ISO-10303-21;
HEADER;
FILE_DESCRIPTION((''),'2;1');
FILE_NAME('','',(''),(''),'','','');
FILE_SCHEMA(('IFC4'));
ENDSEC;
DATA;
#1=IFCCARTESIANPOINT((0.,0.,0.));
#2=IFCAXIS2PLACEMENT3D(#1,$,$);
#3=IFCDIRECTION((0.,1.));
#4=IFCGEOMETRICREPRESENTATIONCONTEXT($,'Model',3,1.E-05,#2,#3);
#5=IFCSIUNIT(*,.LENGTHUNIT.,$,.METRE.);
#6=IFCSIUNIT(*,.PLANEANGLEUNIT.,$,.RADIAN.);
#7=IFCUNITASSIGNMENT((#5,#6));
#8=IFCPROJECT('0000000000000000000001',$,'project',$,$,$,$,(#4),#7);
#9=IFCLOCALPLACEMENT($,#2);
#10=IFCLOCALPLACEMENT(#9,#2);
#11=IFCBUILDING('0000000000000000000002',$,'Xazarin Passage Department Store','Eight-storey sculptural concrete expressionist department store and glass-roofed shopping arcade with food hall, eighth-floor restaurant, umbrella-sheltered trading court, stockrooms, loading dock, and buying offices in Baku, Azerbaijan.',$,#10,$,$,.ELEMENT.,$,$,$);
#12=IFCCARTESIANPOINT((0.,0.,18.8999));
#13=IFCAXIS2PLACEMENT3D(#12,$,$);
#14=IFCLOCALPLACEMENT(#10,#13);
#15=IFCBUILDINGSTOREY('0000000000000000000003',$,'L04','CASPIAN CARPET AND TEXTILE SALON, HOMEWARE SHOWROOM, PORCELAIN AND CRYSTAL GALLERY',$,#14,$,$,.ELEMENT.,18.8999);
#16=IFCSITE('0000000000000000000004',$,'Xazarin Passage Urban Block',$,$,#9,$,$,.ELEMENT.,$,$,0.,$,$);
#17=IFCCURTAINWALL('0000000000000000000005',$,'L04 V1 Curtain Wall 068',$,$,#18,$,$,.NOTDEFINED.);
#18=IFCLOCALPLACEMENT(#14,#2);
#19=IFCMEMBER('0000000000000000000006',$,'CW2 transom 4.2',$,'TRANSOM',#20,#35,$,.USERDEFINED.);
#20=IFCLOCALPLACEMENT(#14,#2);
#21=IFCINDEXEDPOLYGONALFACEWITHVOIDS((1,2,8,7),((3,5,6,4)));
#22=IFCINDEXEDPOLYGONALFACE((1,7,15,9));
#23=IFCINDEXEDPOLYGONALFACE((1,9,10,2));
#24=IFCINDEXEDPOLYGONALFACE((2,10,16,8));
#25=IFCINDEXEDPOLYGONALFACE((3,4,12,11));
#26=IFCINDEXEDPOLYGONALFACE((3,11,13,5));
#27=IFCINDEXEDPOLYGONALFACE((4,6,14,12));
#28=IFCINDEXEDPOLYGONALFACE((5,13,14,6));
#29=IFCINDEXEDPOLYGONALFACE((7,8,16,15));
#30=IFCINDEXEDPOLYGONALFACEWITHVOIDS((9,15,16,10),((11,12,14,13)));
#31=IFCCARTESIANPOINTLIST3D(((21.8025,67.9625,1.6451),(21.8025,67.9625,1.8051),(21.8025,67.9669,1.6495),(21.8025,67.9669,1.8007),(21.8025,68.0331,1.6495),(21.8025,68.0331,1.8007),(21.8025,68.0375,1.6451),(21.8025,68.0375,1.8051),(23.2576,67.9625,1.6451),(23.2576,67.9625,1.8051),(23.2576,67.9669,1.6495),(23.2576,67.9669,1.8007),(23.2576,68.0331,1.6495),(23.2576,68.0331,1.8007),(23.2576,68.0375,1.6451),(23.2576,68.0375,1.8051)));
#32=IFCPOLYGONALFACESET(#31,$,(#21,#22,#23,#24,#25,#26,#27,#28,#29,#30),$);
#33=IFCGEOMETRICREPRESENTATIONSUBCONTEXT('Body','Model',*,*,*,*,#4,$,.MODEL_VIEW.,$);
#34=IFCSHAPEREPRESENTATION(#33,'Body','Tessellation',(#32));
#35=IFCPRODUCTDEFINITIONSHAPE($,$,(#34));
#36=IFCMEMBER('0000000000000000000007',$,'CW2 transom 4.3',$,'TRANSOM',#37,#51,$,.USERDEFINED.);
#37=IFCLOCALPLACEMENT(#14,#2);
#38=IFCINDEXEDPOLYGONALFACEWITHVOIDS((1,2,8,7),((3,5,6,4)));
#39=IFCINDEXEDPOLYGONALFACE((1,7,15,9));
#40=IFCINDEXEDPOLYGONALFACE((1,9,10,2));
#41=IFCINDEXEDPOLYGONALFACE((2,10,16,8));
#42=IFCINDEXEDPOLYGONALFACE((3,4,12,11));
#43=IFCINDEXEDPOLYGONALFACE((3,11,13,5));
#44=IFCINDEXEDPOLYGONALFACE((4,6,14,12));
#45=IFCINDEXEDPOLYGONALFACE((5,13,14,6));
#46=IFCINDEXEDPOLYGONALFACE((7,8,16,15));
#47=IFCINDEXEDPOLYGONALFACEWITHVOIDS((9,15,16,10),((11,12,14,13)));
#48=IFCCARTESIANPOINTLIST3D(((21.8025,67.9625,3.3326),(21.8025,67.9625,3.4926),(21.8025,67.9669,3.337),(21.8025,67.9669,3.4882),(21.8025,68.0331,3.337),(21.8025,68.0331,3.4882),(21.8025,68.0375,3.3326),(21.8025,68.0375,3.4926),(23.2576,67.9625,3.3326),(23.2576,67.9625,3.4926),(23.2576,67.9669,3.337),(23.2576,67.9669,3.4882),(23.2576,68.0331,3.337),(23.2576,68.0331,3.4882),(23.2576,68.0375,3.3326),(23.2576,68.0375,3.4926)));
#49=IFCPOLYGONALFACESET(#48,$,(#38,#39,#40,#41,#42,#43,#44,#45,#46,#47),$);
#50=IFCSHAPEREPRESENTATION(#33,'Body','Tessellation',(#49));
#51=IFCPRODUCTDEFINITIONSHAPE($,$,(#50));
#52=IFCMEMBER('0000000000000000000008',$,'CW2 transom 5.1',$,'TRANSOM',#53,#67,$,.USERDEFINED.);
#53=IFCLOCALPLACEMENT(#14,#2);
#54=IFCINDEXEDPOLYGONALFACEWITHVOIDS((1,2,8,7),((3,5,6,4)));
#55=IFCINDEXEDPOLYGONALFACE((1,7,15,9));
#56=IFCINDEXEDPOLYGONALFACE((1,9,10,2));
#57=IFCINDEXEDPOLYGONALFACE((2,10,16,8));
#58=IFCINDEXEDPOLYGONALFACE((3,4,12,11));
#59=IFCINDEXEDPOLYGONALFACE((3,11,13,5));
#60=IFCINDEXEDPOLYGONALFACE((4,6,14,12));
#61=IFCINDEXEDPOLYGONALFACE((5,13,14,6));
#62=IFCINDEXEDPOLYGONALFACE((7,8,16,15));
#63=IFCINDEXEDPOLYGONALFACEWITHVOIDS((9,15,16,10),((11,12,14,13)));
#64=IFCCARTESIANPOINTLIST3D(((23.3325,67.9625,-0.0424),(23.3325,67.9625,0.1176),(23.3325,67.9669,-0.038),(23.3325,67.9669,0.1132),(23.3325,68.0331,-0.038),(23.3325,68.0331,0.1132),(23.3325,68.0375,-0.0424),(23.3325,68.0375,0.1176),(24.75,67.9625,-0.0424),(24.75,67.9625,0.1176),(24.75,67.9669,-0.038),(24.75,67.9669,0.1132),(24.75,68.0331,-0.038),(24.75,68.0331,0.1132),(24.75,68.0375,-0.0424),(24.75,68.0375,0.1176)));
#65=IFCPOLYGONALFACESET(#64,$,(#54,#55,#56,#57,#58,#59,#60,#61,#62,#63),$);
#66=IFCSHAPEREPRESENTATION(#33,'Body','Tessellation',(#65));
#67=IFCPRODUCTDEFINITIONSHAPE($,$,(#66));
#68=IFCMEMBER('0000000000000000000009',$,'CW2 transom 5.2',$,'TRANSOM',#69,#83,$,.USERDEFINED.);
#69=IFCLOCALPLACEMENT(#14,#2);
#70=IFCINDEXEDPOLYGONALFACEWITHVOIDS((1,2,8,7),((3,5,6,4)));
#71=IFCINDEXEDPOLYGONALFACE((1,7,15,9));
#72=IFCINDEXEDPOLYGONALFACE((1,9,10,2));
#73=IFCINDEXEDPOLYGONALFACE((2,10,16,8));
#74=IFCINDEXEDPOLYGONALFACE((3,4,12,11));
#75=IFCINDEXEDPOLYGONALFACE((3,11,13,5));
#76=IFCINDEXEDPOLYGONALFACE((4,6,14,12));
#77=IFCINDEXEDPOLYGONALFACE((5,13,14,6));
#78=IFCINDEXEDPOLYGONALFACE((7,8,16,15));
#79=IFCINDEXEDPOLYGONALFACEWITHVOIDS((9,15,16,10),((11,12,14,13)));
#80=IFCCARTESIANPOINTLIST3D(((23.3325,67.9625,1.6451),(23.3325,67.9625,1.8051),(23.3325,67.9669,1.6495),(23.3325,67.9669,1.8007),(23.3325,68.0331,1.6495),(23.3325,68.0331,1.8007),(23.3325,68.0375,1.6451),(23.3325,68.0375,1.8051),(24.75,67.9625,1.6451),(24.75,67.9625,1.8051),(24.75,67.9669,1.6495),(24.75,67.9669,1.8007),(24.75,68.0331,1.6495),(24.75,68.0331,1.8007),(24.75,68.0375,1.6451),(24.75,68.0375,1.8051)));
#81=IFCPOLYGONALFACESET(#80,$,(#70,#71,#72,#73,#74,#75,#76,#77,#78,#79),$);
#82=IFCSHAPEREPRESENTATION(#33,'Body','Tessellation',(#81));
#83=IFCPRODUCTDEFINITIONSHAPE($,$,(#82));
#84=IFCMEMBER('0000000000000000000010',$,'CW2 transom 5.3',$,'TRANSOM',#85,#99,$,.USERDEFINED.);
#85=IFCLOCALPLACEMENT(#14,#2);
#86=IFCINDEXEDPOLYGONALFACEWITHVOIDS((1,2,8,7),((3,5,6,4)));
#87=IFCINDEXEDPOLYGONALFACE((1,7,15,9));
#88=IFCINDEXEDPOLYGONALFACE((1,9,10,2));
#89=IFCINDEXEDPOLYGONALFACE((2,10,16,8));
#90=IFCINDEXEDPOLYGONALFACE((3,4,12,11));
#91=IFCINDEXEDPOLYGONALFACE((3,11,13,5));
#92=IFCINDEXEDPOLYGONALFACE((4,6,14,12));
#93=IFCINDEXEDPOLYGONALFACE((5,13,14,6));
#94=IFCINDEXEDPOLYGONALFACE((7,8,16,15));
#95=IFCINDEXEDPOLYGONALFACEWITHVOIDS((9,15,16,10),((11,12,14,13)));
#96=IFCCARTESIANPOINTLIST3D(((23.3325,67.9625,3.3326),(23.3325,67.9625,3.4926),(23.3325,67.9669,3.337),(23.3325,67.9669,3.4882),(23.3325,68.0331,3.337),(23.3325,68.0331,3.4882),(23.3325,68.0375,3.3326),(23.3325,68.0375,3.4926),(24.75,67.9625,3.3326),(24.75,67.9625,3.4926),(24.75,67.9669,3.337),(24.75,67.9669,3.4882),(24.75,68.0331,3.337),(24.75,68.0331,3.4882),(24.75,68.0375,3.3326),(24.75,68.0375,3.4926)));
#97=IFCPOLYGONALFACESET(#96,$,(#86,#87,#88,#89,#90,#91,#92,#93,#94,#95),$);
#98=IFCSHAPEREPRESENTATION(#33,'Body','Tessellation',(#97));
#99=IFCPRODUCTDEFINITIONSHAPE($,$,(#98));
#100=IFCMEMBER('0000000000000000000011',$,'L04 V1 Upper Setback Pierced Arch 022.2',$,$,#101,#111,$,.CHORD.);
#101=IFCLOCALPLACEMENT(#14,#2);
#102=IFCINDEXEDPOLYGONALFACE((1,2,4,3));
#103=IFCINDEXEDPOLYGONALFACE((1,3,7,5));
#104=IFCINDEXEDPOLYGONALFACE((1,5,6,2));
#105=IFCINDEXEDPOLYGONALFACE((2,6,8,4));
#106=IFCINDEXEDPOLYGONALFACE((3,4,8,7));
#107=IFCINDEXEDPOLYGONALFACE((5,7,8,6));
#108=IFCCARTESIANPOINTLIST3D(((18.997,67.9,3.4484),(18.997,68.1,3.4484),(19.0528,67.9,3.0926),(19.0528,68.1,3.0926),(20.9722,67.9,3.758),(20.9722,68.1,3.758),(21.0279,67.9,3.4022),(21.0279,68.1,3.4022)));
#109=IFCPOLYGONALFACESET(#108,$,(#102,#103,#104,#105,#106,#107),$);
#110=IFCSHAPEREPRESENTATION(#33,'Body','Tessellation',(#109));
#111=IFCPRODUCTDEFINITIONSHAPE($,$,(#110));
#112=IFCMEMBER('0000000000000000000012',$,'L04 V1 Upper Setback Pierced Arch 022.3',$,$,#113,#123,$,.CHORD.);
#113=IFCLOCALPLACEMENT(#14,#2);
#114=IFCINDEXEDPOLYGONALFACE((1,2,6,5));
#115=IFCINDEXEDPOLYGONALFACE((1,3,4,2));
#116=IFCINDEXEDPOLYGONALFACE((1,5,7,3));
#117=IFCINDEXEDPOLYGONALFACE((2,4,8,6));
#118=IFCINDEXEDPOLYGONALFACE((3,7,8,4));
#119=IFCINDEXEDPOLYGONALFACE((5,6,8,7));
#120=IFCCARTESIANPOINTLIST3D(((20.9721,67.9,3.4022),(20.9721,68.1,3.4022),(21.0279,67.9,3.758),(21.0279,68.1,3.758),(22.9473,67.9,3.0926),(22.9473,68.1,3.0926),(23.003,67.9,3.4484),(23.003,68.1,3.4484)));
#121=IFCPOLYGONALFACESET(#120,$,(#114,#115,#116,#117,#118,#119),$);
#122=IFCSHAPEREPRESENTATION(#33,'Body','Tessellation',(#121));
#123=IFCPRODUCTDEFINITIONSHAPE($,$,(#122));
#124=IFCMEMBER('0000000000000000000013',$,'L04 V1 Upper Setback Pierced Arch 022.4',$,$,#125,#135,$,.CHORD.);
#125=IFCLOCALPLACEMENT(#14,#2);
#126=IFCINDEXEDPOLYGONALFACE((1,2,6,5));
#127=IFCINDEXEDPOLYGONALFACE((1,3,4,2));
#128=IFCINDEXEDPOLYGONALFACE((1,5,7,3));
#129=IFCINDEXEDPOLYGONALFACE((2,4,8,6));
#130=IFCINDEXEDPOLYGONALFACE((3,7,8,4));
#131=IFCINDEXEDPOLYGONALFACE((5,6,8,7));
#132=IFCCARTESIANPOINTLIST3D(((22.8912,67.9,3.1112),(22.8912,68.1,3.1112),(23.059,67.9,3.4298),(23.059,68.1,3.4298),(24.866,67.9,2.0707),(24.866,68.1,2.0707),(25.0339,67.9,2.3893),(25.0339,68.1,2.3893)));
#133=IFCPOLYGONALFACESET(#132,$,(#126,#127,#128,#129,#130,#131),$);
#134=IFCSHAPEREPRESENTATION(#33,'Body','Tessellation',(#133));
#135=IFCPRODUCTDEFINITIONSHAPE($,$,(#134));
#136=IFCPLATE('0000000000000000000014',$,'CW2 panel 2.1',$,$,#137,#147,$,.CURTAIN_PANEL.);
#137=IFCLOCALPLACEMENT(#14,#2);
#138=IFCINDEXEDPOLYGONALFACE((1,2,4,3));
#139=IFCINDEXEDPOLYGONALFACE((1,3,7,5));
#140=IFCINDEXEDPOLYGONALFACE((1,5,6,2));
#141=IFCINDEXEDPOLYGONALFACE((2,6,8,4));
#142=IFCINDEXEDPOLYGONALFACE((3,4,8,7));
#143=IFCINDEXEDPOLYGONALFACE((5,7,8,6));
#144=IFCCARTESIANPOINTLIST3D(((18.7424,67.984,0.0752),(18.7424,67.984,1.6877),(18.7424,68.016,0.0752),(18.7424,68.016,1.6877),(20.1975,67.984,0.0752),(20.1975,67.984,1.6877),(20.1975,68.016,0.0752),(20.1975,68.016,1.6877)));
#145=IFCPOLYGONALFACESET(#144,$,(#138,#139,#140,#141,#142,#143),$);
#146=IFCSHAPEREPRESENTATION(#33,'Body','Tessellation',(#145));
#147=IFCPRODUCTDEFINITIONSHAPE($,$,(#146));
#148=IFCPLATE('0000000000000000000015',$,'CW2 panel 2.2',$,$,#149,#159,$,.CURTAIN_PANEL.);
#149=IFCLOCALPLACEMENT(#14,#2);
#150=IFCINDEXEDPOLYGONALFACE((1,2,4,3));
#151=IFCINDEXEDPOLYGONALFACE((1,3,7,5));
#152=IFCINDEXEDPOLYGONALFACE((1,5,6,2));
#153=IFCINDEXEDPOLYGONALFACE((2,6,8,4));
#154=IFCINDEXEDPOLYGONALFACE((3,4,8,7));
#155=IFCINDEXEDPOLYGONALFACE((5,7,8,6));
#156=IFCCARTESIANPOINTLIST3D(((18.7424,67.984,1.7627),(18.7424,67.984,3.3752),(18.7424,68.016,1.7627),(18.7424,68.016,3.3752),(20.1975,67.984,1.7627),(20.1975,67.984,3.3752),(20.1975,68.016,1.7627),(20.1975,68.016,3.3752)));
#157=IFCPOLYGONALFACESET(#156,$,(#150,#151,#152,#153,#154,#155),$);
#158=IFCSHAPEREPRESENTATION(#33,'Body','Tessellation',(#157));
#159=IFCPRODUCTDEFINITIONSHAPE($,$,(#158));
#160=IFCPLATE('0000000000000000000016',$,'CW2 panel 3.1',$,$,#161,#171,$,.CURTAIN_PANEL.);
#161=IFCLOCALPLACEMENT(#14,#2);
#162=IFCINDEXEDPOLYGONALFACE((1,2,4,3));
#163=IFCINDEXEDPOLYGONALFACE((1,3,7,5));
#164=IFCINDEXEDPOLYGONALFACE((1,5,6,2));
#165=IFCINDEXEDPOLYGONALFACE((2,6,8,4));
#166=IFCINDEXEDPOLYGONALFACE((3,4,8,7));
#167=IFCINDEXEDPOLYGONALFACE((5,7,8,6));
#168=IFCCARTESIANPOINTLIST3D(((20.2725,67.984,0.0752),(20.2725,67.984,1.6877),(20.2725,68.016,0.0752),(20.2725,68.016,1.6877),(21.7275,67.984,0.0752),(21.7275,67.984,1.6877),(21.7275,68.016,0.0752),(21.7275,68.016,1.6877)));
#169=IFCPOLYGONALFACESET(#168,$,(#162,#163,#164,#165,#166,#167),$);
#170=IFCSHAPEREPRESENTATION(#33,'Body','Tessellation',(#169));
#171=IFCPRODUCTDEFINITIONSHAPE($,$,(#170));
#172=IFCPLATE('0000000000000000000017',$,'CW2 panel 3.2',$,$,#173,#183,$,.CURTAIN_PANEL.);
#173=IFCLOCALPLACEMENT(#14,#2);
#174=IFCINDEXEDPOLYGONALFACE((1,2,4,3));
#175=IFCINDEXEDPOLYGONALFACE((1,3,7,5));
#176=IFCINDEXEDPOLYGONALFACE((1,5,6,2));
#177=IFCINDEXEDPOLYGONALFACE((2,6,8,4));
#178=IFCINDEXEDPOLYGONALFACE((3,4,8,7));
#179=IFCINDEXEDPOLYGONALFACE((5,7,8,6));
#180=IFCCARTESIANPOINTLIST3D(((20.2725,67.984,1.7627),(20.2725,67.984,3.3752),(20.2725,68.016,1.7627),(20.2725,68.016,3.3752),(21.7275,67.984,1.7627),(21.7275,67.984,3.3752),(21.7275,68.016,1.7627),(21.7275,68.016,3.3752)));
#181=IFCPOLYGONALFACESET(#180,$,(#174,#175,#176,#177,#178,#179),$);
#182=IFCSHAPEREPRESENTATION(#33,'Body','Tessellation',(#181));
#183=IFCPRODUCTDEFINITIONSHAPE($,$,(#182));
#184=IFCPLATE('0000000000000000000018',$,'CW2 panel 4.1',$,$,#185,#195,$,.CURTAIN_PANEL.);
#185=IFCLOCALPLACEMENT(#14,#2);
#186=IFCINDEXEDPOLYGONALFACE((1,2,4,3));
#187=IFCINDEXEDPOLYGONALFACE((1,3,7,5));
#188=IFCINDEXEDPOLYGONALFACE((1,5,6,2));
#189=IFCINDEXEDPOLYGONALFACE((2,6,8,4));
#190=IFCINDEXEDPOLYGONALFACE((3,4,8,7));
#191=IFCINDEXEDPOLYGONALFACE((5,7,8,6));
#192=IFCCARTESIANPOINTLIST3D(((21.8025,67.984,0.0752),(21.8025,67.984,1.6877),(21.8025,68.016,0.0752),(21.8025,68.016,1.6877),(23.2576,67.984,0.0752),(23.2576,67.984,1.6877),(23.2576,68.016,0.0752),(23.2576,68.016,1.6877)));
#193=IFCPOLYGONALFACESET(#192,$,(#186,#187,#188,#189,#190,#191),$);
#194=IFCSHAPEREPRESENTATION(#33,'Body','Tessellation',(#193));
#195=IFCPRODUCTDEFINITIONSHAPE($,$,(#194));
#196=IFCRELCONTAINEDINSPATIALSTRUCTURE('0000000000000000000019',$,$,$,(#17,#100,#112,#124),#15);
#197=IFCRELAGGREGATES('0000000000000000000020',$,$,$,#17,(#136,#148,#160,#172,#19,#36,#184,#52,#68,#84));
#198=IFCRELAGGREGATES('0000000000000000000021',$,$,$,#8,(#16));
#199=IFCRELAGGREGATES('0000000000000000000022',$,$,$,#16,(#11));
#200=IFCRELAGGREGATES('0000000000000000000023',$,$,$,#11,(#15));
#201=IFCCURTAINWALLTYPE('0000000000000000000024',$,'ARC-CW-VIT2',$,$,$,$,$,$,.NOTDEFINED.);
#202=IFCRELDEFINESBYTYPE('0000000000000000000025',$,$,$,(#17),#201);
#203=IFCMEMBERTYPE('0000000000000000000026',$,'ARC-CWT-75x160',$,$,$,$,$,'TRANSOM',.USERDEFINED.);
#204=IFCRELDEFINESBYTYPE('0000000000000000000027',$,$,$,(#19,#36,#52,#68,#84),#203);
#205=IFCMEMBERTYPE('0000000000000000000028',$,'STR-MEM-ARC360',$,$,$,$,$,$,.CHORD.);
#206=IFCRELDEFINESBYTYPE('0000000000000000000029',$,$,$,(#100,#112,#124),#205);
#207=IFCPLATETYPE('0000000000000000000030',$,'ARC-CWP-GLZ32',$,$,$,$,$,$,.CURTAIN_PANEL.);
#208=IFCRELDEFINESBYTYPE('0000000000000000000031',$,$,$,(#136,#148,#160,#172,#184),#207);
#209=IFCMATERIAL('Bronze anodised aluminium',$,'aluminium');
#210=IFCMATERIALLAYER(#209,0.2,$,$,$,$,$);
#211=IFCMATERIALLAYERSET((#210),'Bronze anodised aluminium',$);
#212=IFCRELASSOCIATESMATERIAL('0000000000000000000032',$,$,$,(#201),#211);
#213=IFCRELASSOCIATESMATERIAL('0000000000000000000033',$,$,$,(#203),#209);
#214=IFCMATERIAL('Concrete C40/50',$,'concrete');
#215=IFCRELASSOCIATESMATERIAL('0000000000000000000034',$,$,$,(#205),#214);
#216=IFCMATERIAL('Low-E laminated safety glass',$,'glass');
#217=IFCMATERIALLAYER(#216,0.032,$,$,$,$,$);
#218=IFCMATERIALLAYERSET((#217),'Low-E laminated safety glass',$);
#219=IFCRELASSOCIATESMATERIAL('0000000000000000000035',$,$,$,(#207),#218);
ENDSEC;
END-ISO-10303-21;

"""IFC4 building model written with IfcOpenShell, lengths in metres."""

from ifc_helpers import new_model, si_unit, direction, frame, origin, origin_2d, place, context, subcontext, project, spatial, rectangle, hollow_rectangle, extrude, material, layer, layer_set, material_profile, profile_set, type_object, element, aggregate, save


model = new_model("IFC4")

# Units and contexts
model_context = context("Model", 3, precision=1e-05, world=origin(), true_north=direction((0.0, 1.0)))
body_context = subcontext(model_context, "Body", "Model", "MODEL_VIEW")
ifc_project = project(units=[si_unit("LENGTHUNIT", "METRE"), si_unit("PLANEANGLEUNIT", "RADIAN")], contexts=[model_context])

# Site, building, storey
site_placement = place(None, origin())
site = spatial("IfcSite", under=ifc_project, at=site_placement, Name="Xazarin Passage Urban Block", CompositionType="ELEMENT", RefElevation=0.0)
building_placement = place(site_placement, origin())
building = spatial("IfcBuilding", under=site, at=building_placement, Name="Xazarin Passage Department Store", Description="Eight-storey sculptural concrete expressionist department store and glass-roofed shopping arcade with food hall, eighth-floor restaurant, umbrella-sheltered trading court, stockrooms, loading dock, and buying offices in Baku, Azerbaijan.", CompositionType="ELEMENT")
storey_placement = place(building_placement, frame((0.0, 0.0, 18.8999)))
storey = spatial("IfcBuildingStorey", under=building, at=storey_placement, Name="L04", Description="CASPIAN CARPET AND TEXTILE SALON, HOMEWARE SHOWROOM, PORCELAIN AND CRYSTAL GALLERY", CompositionType="ELEMENT", Elevation=18.8999)

# Curtain wall, members
ifc_material_1 = material(Name="Bronze anodised aluminium", Category="aluminium")
ifc_layer_1 = layer(ifc_material_1, 0.2)
ifc_layer_set_1 = layer_set([ifc_layer_1], Name="Bronze anodised aluminium")
curtain_wall_type = type_object("IfcCurtainWallType", Name="ARC-CW-VIT2", PredefinedType="NOTDEFINED", material=ifc_layer_set_1)
curtain_wall_placement = place(storey_placement, origin())
curtain_wall = element("IfcCurtainWall", 1, at=curtain_wall_placement, inside=storey, type_object=curtain_wall_type, Name="L04 V1 Curtain Wall 068", PredefinedType="NOTDEFINED")
ifc_material_profile_1 = material_profile(ifc_material_1, hollow_rectangle(XDim=0.075, YDim=0.1599, WallThickness=0.0044, at=origin_2d()), Name="ALU 75x160")
ifc_profile_set_1 = profile_set([ifc_material_profile_1], Name="Bronze anodised aluminium")
member_type_1 = type_object("IfcMemberType", Name="ARC-CWT-75x160", ElementType="TRANSOM", PredefinedType="USERDEFINED", material=ifc_profile_set_1)
member_1_placement = place(storey_placement, frame((21.8025, 68.0, 1.7251), z_axis=(1.0, 0.0, 0.0), x_axis=(0.0, 1.0, 0.0)))
member_1 = element("IfcMember", 2, at=member_1_placement, type_object=member_type_1, Name="CW2 transom 4.2", ObjectType="TRANSOM", PredefinedType="USERDEFINED", context=body_context, shape_type="SweptSolid", body=[
    extrude(hollow_rectangle(XDim=0.075, YDim=0.1599, WallThickness=0.0044, at=origin_2d()), origin(), (0.0, 0.0, 1.0), 1.4551),
])
member_2_placement = place(storey_placement, frame((21.8025, 68.0, 3.4126), z_axis=(1.0, 0.0, 0.0), x_axis=(0.0, 1.0, 0.0)))
member_2 = element("IfcMember", 3, at=member_2_placement, type_object=member_type_1, Name="CW2 transom 4.3", ObjectType="TRANSOM", PredefinedType="USERDEFINED", context=body_context, shape_type="SweptSolid", body=[
    extrude(hollow_rectangle(XDim=0.075, YDim=0.1599, WallThickness=0.0044, at=origin_2d()), origin(), (0.0, 0.0, 1.0), 1.4551),
])
member_3_placement = place(storey_placement, frame((23.3325, 68.0, 0.0376), z_axis=(1.0, 0.0, 0.0), x_axis=(0.0, 1.0, 0.0)))
member_3 = element("IfcMember", 4, at=member_3_placement, type_object=member_type_1, Name="CW2 transom 5.1", ObjectType="TRANSOM", PredefinedType="USERDEFINED", context=body_context, shape_type="SweptSolid", body=[
    extrude(hollow_rectangle(XDim=0.075, YDim=0.1599, WallThickness=0.0044, at=origin_2d()), origin(), (0.0, 0.0, 1.0), 1.4175),
])
member_4_placement = place(storey_placement, frame((23.3325, 68.0, 1.7251), z_axis=(1.0, 0.0, 0.0), x_axis=(0.0, 1.0, 0.0)))
member_4 = element("IfcMember", 5, at=member_4_placement, type_object=member_type_1, Name="CW2 transom 5.2", ObjectType="TRANSOM", PredefinedType="USERDEFINED", context=body_context, shape_type="SweptSolid", body=[
    extrude(hollow_rectangle(XDim=0.075, YDim=0.1599, WallThickness=0.0044, at=origin_2d()), origin(), (0.0, 0.0, 1.0), 1.4175),
])
member_5_placement = place(storey_placement, frame((23.3325, 68.0, 3.4126), z_axis=(1.0, 0.0, 0.0), x_axis=(0.0, 1.0, 0.0)))
member_5 = element("IfcMember", 6, at=member_5_placement, type_object=member_type_1, Name="CW2 transom 5.3", ObjectType="TRANSOM", PredefinedType="USERDEFINED", context=body_context, shape_type="SweptSolid", body=[
    extrude(hollow_rectangle(XDim=0.075, YDim=0.1599, WallThickness=0.0044, at=origin_2d()), origin(), (0.0, 0.0, 1.0), 1.4175),
])

# Members
ifc_material_2 = material(Name="Concrete C40/50", Category="concrete")
ifc_material_profile_2 = material_profile(ifc_material_2, rectangle(XDim=0.2, YDim=0.3601, at=origin_2d()), Name="RC 200x360")
ifc_profile_set_2 = profile_set([ifc_material_profile_2], Name="Concrete C40/50")
member_type_2 = type_object("IfcMemberType", Name="STR-MEM-ARC360", PredefinedType="CHORD", material=ifc_profile_set_2)
for number, where, z_axis, x_axis, name in (
    (7, (19.0249, 68.0, 3.2705), (0.987939, 0.0, 0.154846), (0.0, 1.0, 0.0), "L04 V1 Upper Setback Pierced Arch 022.2"),
    (8, (21.0, 68.0, 3.5801), (0.987939, 0.0, -0.154846), (0.0, 1.0, 0.0), "L04 V1 Upper Setback Pierced Arch 022.3"),
):
    element("IfcMember", number, at=place(storey_placement, frame(where, z_axis=z_axis, x_axis=x_axis)), inside=storey, type_object=member_type_2, Name=name, PredefinedType="CHORD", context=body_context, shape_type="SweptSolid", body=[
        extrude(rectangle(XDim=0.2, YDim=0.3601, at=origin_2d()), origin(), (0.0, 0.0, 1.0), 1.9993),
    ])
member_6_placement = place(storey_placement, frame((22.9751, 68.0, 3.2705), z_axis=(0.884709, 0.0, -0.466143), x_axis=(0.0, 1.0, 0.0)))
element("IfcMember", 9, at=member_6_placement, inside=storey, type_object=member_type_2, Name="L04 V1 Upper Setback Pierced Arch 022.4", PredefinedType="CHORD", context=body_context, shape_type="SweptSolid", body=[
    extrude(rectangle(XDim=0.2, YDim=0.3601, at=origin_2d()), origin(), (0.0, 0.0, 1.0), 2.2322),
])

# Plates
ifc_material_3 = material(Name="Low-E laminated safety glass", Category="glass")
ifc_layer_2 = layer(ifc_material_3, 0.032)
ifc_layer_set_2 = layer_set([ifc_layer_2], Name="Low-E laminated safety glass")
plate_type = type_object("IfcPlateType", Name="ARC-CWP-GLZ32", PredefinedType="CURTAIN_PANEL", material=ifc_layer_set_2)
plate_1_placement = place(storey_placement, frame((19.47, 68.0, 0.0752), z_axis=(0.0, 0.0, 1.0), x_axis=(1.0, 0.0, 0.0)))
plate_1 = element("IfcPlate", 10, at=plate_1_placement, type_object=plate_type, Name="CW2 panel 2.1", PredefinedType="CURTAIN_PANEL", context=body_context, shape_type="SweptSolid", body=[
    extrude(rectangle(XDim=1.4551, YDim=0.032, at=origin_2d()), origin(), (0.0, 0.0, 1.0), 1.6125),
])
plate_2_placement = place(storey_placement, frame((19.47, 68.0, 1.7627), z_axis=(0.0, 0.0, 1.0), x_axis=(1.0, 0.0, 0.0)))
plate_2 = element("IfcPlate", 11, at=plate_2_placement, type_object=plate_type, Name="CW2 panel 2.2", PredefinedType="CURTAIN_PANEL", context=body_context, shape_type="SweptSolid", body=[
    extrude(rectangle(XDim=1.4551, YDim=0.032, at=origin_2d()), origin(), (0.0, 0.0, 1.0), 1.6125),
])
plate_3_placement = place(storey_placement, frame((21.0, 68.0, 0.0752), z_axis=(0.0, 0.0, 1.0), x_axis=(1.0, 0.0, 0.0)))
plate_3 = element("IfcPlate", 12, at=plate_3_placement, type_object=plate_type, Name="CW2 panel 3.1", PredefinedType="CURTAIN_PANEL", context=body_context, shape_type="SweptSolid", body=[
    extrude(rectangle(XDim=1.4551, YDim=0.032, at=origin_2d()), origin(), (0.0, 0.0, 1.0), 1.6125),
])
plate_4_placement = place(storey_placement, frame((21.0, 68.0, 1.7627), z_axis=(0.0, 0.0, 1.0), x_axis=(1.0, 0.0, 0.0)))
plate_4 = element("IfcPlate", 13, at=plate_4_placement, type_object=plate_type, Name="CW2 panel 3.2", PredefinedType="CURTAIN_PANEL", context=body_context, shape_type="SweptSolid", body=[
    extrude(rectangle(XDim=1.4551, YDim=0.032, at=origin_2d()), origin(), (0.0, 0.0, 1.0), 1.6125),
])
plate_5_placement = place(storey_placement, frame((22.53, 68.0, 0.0752), z_axis=(0.0, 0.0, 1.0), x_axis=(1.0, 0.0, 0.0)))
plate_5 = element("IfcPlate", 14, at=plate_5_placement, type_object=plate_type, Name="CW2 panel 4.1", PredefinedType="CURTAIN_PANEL", context=body_context, shape_type="SweptSolid", body=[
    extrude(rectangle(XDim=1.4551, YDim=0.032, at=origin_2d()), origin(), (0.0, 0.0, 1.0), 1.6125),
])
aggregate(curtain_wall, [plate_1, plate_2, plate_3, plate_4, member_1, member_2, plate_5, member_3, member_4, member_5])

save(model, "model.ifc")
